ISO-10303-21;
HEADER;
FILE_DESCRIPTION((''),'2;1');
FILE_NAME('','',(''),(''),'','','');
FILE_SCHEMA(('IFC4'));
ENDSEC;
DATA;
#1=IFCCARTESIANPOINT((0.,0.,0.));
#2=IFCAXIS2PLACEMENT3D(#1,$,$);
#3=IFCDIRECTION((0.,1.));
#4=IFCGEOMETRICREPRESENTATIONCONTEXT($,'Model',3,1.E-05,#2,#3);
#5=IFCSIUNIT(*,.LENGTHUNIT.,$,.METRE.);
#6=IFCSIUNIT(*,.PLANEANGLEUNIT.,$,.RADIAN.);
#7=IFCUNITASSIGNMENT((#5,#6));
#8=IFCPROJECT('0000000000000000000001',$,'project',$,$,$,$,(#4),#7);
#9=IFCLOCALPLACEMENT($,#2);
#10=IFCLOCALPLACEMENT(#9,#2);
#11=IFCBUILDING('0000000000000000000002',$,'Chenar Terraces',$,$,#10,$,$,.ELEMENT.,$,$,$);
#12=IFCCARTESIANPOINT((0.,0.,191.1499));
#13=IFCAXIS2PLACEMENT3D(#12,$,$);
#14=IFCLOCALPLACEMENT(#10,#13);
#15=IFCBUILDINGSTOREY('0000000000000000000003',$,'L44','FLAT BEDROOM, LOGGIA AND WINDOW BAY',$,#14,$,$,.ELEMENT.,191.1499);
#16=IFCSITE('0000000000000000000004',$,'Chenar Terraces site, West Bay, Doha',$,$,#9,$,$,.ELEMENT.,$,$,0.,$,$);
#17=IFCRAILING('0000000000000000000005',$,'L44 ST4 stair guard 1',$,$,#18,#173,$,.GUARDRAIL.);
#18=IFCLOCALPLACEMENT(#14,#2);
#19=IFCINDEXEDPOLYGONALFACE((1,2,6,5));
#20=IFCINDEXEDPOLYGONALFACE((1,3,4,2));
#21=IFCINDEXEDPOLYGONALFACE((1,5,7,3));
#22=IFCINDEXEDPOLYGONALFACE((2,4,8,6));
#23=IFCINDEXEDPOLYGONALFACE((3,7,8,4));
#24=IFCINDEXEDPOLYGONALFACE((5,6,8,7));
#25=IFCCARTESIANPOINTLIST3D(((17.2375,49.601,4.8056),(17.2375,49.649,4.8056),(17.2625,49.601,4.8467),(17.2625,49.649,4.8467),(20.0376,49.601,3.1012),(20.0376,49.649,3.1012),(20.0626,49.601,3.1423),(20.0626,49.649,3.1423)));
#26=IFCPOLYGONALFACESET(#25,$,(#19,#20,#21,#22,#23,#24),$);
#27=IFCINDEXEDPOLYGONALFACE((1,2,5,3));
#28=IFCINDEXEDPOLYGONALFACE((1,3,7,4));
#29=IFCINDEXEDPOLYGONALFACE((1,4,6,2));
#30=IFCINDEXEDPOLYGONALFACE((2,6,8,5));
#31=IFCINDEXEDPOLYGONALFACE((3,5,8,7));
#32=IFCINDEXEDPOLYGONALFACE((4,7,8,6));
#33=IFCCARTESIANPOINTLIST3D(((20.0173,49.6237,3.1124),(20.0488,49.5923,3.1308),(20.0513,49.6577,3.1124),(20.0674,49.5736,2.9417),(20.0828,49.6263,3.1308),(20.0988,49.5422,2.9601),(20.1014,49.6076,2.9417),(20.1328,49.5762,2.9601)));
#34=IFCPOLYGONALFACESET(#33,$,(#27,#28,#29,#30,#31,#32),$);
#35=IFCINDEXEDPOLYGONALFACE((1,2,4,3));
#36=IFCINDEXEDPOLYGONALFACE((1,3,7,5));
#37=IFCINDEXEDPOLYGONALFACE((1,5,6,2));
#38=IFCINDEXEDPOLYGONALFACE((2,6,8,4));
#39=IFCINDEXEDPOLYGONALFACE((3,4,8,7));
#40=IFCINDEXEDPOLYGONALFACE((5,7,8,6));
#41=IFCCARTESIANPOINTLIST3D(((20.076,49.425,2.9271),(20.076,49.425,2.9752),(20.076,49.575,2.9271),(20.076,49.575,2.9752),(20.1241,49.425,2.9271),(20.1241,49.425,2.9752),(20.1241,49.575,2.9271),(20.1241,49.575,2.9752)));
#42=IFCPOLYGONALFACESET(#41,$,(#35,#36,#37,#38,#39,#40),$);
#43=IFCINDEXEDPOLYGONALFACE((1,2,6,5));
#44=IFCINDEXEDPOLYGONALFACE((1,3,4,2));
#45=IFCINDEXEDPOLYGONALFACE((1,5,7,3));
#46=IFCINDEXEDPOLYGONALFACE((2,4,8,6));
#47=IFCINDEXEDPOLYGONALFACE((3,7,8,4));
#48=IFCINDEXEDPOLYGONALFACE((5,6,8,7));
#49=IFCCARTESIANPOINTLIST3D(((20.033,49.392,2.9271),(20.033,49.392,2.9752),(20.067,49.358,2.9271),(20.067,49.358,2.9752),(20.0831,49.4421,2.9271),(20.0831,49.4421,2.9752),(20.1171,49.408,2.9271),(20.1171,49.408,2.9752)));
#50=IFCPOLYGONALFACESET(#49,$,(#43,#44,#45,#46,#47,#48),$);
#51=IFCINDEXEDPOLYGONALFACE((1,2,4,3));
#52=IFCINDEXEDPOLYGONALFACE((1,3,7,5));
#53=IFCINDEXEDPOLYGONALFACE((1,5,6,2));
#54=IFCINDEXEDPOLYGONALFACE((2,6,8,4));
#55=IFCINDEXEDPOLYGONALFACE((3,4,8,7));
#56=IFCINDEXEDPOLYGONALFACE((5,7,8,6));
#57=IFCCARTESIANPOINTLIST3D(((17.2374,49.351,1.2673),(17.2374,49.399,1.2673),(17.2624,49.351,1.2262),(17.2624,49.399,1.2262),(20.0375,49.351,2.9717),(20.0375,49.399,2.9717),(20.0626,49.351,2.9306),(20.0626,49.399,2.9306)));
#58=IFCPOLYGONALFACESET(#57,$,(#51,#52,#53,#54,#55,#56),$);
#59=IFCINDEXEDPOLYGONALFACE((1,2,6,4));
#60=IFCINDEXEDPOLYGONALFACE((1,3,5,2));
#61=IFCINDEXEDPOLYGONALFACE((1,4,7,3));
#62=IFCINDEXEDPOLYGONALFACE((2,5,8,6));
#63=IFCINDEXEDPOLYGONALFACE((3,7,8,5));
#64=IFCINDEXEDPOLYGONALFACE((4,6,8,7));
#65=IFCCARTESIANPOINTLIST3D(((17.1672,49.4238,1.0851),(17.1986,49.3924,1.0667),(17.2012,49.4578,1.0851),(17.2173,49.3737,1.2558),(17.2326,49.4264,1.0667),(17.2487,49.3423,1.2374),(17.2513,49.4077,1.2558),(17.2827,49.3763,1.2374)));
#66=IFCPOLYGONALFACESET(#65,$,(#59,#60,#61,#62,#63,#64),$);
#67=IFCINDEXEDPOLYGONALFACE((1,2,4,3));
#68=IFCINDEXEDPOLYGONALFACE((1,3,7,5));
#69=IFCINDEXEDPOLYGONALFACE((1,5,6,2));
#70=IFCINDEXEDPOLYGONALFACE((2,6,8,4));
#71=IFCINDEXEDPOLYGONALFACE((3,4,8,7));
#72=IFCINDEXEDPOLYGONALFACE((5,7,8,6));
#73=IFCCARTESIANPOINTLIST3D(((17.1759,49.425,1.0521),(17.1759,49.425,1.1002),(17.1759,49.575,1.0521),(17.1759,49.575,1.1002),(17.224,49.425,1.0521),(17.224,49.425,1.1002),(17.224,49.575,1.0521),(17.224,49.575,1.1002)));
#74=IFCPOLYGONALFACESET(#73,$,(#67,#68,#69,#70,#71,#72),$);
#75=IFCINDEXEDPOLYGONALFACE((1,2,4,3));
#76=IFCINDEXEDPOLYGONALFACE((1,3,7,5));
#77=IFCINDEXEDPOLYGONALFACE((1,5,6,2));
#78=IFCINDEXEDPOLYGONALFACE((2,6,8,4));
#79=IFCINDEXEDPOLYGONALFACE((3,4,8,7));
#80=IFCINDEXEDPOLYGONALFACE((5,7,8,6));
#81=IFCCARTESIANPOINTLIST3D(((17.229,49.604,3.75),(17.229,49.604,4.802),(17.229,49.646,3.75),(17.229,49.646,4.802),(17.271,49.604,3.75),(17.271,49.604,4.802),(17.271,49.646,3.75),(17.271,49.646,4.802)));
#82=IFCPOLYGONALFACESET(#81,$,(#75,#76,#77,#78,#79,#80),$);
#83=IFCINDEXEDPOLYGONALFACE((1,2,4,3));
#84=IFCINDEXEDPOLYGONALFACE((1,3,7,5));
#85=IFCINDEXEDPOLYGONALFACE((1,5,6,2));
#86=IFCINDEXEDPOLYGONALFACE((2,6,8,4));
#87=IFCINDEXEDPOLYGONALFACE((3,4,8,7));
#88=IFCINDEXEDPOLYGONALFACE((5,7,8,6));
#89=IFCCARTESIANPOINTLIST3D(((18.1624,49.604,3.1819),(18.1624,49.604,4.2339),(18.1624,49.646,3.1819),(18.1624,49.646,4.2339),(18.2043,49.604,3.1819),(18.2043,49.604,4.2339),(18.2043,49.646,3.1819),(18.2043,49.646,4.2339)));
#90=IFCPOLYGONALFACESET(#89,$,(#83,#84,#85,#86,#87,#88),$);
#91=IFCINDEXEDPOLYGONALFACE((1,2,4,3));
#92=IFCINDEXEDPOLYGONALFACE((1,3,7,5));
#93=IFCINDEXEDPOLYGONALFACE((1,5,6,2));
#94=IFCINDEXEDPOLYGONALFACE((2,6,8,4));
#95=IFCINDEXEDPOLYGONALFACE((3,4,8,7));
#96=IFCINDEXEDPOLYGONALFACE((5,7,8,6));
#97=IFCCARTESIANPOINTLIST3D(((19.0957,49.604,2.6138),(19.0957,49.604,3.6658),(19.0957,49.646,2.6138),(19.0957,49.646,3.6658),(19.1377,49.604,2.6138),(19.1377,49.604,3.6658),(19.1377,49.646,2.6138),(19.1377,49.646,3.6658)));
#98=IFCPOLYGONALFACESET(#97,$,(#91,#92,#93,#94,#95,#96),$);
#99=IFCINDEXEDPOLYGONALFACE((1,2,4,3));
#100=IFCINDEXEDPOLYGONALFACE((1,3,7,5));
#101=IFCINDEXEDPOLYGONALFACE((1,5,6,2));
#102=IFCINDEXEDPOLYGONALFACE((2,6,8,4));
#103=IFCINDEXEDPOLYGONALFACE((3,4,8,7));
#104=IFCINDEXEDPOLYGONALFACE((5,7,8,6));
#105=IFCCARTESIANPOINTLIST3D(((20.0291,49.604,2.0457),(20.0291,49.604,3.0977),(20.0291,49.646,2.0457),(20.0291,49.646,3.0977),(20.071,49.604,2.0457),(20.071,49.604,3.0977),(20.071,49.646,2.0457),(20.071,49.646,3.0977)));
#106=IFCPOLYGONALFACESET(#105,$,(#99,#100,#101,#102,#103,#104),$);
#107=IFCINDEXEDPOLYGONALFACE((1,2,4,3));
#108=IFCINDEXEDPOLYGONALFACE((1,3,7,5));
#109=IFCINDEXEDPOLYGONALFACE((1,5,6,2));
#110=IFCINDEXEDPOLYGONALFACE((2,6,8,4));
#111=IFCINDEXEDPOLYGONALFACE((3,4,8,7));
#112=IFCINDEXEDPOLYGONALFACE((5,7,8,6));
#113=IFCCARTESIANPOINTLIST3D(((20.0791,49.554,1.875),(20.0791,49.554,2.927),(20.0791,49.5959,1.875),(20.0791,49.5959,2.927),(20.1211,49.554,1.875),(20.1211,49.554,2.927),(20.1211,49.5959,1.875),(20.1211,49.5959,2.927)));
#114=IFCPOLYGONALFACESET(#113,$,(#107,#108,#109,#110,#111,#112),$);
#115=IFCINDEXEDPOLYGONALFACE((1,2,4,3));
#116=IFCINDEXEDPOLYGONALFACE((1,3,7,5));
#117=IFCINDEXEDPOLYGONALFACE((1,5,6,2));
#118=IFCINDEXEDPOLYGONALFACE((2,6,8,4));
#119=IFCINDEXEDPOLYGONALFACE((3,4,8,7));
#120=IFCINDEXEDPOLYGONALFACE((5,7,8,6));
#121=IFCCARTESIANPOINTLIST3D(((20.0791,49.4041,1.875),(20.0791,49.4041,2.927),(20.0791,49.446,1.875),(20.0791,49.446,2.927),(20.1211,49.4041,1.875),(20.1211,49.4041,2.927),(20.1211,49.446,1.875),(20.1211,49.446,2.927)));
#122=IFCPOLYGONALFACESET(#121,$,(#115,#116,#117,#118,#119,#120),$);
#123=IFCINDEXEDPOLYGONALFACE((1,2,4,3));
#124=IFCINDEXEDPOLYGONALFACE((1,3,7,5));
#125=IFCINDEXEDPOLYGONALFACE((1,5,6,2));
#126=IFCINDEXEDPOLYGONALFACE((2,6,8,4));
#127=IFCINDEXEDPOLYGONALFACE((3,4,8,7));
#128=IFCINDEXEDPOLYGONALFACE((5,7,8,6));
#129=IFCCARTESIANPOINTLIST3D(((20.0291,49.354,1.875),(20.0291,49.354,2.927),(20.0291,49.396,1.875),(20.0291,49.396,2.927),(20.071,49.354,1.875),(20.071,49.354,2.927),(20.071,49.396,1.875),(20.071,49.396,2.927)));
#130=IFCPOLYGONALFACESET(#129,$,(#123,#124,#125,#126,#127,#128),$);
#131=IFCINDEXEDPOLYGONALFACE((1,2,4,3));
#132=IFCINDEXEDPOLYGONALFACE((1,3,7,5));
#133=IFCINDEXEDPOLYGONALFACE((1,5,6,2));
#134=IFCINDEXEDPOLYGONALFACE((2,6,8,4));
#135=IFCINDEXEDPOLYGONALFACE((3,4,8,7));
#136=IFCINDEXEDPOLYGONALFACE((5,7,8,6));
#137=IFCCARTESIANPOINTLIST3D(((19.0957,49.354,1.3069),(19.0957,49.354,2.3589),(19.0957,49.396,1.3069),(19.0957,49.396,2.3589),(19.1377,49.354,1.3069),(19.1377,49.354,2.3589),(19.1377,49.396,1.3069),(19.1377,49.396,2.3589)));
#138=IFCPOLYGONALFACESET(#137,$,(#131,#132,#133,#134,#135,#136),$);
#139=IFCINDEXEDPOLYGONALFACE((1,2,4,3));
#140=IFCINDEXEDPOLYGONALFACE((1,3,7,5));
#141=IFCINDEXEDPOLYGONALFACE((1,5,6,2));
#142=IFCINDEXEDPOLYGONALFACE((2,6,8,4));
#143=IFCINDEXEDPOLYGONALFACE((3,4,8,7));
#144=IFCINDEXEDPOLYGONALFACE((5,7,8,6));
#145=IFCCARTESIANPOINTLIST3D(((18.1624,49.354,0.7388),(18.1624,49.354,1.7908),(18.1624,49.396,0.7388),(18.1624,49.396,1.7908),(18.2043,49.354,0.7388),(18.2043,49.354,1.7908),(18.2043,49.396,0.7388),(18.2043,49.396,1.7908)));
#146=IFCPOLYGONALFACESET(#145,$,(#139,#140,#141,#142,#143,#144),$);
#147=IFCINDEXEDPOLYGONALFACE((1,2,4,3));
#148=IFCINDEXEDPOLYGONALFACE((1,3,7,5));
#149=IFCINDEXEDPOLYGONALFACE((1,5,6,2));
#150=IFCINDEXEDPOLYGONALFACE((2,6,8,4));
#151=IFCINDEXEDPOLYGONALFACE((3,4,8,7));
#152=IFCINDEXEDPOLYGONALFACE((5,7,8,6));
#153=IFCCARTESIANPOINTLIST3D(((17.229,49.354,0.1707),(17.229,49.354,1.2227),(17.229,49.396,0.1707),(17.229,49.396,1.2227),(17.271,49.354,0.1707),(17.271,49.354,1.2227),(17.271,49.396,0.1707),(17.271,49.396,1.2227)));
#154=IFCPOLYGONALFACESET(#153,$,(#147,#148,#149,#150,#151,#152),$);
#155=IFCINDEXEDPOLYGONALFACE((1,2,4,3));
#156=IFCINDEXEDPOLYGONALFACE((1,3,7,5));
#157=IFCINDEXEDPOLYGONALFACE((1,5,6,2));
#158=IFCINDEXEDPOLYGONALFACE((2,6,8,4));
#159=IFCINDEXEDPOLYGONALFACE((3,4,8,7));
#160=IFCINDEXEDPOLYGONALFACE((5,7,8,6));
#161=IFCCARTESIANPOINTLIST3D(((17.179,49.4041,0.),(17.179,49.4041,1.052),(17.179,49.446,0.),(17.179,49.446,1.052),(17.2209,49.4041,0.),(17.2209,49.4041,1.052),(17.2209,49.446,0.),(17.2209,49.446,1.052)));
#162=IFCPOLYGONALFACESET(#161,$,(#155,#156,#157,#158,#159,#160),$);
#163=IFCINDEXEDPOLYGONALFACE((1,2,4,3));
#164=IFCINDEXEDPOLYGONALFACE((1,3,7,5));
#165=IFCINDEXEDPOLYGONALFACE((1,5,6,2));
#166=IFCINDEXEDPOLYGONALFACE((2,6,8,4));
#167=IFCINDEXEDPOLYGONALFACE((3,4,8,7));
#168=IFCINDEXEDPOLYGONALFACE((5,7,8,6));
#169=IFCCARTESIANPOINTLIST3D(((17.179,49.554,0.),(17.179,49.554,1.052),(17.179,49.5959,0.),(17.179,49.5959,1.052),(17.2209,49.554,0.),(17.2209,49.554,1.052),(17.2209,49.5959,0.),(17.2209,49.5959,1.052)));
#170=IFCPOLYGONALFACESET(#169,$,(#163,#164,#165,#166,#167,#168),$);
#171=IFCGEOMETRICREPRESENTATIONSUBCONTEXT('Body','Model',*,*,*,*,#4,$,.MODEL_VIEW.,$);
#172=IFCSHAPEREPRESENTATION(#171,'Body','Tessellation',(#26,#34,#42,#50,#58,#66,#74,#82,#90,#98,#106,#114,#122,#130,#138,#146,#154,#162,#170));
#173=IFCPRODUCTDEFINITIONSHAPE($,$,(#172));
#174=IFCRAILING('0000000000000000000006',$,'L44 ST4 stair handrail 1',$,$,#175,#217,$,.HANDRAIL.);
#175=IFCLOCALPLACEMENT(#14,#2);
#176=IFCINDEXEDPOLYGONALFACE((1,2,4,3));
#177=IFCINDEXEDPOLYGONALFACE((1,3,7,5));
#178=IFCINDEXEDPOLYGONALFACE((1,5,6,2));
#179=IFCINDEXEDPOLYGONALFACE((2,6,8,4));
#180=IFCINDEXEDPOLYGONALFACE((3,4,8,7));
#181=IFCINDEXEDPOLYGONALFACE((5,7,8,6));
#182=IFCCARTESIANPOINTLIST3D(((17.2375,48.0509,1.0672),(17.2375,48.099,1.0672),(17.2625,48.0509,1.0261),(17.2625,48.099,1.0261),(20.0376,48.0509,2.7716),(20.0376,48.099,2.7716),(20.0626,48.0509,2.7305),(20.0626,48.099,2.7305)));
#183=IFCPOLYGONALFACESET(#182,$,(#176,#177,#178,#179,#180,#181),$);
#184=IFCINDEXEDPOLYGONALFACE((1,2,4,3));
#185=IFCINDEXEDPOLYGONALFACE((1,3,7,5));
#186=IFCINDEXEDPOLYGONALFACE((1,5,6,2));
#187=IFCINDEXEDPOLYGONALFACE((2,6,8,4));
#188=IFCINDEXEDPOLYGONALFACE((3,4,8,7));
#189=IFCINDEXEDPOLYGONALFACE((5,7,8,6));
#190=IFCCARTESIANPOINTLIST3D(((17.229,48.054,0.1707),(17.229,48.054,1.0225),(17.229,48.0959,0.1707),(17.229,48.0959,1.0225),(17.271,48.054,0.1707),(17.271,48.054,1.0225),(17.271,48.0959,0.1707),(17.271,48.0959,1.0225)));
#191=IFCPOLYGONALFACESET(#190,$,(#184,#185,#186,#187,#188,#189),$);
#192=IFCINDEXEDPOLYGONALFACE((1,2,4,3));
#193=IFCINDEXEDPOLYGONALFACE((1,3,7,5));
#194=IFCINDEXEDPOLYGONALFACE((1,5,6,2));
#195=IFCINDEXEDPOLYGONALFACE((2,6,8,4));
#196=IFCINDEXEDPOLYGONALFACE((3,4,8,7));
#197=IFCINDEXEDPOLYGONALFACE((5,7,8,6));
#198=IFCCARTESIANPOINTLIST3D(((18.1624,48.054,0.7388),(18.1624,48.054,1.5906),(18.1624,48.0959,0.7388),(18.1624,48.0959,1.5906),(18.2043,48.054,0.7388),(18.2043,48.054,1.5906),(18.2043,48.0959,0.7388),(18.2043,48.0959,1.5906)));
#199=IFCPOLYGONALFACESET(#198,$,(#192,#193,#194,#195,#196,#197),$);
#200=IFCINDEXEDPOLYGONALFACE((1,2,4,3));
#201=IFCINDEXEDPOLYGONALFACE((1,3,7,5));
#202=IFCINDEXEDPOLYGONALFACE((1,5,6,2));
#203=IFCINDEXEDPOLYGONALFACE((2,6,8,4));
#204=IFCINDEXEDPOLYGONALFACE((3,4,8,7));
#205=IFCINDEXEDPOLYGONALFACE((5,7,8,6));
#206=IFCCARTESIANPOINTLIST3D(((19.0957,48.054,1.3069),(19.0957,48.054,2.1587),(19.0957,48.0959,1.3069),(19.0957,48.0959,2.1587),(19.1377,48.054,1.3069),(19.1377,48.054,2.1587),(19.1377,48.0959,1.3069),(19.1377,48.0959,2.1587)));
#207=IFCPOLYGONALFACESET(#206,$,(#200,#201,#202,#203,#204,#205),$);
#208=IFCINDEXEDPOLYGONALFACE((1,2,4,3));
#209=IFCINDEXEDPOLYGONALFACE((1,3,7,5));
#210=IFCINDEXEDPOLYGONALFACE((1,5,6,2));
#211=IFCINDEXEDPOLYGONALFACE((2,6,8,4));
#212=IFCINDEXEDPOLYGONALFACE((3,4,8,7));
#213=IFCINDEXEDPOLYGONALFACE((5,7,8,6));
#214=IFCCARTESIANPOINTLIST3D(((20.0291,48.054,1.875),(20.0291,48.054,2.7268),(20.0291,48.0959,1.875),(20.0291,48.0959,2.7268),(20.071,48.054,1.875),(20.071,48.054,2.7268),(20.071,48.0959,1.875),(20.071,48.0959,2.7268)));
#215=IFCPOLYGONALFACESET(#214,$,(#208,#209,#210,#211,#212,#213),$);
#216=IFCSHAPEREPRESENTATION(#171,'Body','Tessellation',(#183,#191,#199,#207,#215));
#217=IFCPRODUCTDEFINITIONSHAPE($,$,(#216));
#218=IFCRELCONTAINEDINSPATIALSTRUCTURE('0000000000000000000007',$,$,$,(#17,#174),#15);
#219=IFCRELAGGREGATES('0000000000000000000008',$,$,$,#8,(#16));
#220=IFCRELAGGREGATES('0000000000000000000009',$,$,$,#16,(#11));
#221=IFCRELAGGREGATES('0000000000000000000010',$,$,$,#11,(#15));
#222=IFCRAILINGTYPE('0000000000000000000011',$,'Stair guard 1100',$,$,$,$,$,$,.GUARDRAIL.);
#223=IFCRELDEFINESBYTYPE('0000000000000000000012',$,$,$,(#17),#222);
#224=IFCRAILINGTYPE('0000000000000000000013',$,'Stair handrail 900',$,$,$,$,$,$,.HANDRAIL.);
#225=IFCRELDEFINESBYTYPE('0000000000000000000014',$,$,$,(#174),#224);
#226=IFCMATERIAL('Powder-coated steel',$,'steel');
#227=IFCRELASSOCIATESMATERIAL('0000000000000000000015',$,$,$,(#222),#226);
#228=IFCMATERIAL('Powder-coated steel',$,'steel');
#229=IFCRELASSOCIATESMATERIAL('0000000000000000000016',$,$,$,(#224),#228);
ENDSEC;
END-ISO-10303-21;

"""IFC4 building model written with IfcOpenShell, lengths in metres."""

from ifc_helpers import new_model, si_unit, direction, frame, origin, origin_2d, place, context, subcontext, project, spatial, rectangle, extrude, material, type_object, element, save


model = new_model("IFC4")

# Units and contexts
model_context = context("Model", 3, precision=1e-05, world=origin(), true_north=direction((0.0, 1.0)))
body_context = subcontext(model_context, "Body", "Model", "MODEL_VIEW")
ifc_project = project(units=[si_unit("LENGTHUNIT", "METRE"), si_unit("PLANEANGLEUNIT", "RADIAN")], contexts=[model_context])

# Site, building, storey
site_placement = place(None, origin())
site = spatial("IfcSite", under=ifc_project, at=site_placement, Name="Chenar Terraces site, West Bay, Doha", CompositionType="ELEMENT", RefElevation=0.0)
building_placement = place(site_placement, origin())
building = spatial("IfcBuilding", under=site, at=building_placement, Name="Chenar Terraces", CompositionType="ELEMENT")
storey_placement = place(building_placement, frame((0.0, 0.0, 191.1499)))
storey = spatial("IfcBuildingStorey", under=building, at=storey_placement, Name="L44", Description="FLAT BEDROOM, LOGGIA AND WINDOW BAY", CompositionType="ELEMENT", Elevation=191.1499)

# Railings
ifc_material_1 = material(Name="Powder-coated steel", Category="steel")
railing_type_1 = type_object("IfcRailingType", Name="Stair guard 1100", PredefinedType="GUARDRAIL", material=ifc_material_1)
railing_1_placement = place(storey_placement, frame((17.25, 49.625, 3.75)))
element("IfcRailing", 1, at=railing_1_placement, inside=storey, type_object=railing_type_1, Name="L44 ST4 stair guard 1", PredefinedType="GUARDRAIL", context=body_context, shape_type="SweptSolid", body=[
    extrude(rectangle(XDim=0.0481, YDim=0.0481, at=origin_2d()), frame((0.0, 0.0, 1.0762), z_axis=(0.854203, 0.0, -0.51994), x_axis=(0.0, 1.0, 0.0)), (0.0, 0.0, 1.0), 3.2781),
    extrude(rectangle(XDim=0.0481, YDim=0.0481, at=origin_2d()), frame((2.8, 0.0, -0.6284), z_axis=(0.2709, -0.2709, -0.923703), x_axis=(0.707107, 0.707107, 0.0)), (0.0, 0.0, 1.0), 0.1848),
    extrude(rectangle(XDim=0.0481, YDim=0.0481, at=origin_2d()), frame((2.8501, -0.05, -0.7988), z_axis=(0.0, -1.0, 0.0), x_axis=(1.0, 0.0, 0.0)), (0.0, 0.0, 1.0), 0.1499),
    extrude(rectangle(XDim=0.0481, YDim=0.0481, at=origin_2d()), frame((2.8501, -0.2, -0.7988), z_axis=(-0.707107, -0.707107, 0.0), x_axis=(0.707107, -0.707107, 0.0)), (0.0, 0.0, 1.0), 0.0708),
    extrude(rectangle(XDim=0.0481, YDim=0.0481, at=origin_2d()), frame((2.8, -0.25, -0.7988), z_axis=(-0.854203, 0.0, -0.51994), x_axis=(0.0, -1.0, 0.0)), (0.0, 0.0, 1.0), 3.2781),
    extrude(rectangle(XDim=0.0481, YDim=0.0481, at=origin_2d()), frame((0.0, -0.25, -2.5034), z_axis=(-0.2709, 0.2709, -0.923703), x_axis=(-0.707107, -0.707107, 0.0)), (0.0, 0.0, 1.0), 0.1848),
    extrude(rectangle(XDim=0.0481, YDim=0.0481, at=origin_2d()), frame((-0.05, -0.2, -2.6738), z_axis=(0.0, 1.0, 0.0), x_axis=(-1.0, 0.0, 0.0)), (0.0, 0.0, 1.0), 0.1499),
    extrude(rectangle(XDim=0.042, YDim=0.042, at=origin_2d()), origin(), (0.0, 0.0, 1.0), 1.052),
    extrude(rectangle(XDim=0.042, YDim=0.042, at=origin_2d()), frame((0.9333, 0.0, -0.5681)), (0.0, 0.0, 1.0), 1.052),
    extrude(rectangle(XDim=0.042, YDim=0.042, at=origin_2d()), frame((1.8667, 0.0, -1.1362)), (0.0, 0.0, 1.0), 1.052),
    extrude(rectangle(XDim=0.042, YDim=0.042, at=origin_2d()), frame((2.8, 0.0, -1.7043)), (0.0, 0.0, 1.0), 1.052),
    extrude(rectangle(XDim=0.042, YDim=0.042, at=origin_2d()), frame((2.8501, -0.05, -1.875)), (0.0, 0.0, 1.0), 1.052),
    extrude(rectangle(XDim=0.042, YDim=0.042, at=origin_2d()), frame((2.8501, -0.2, -1.875)), (0.0, 0.0, 1.0), 1.052),
    extrude(rectangle(XDim=0.042, YDim=0.042, at=origin_2d()), frame((2.8, -0.25, -1.875)), (0.0, 0.0, 1.0), 1.052),
    extrude(rectangle(XDim=0.042, YDim=0.042, at=origin_2d()), frame((1.8667, -0.25, -2.4431)), (0.0, 0.0, 1.0), 1.052),
    extrude(rectangle(XDim=0.042, YDim=0.042, at=origin_2d()), frame((0.9333, -0.25, -3.0112)), (0.0, 0.0, 1.0), 1.052),
    extrude(rectangle(XDim=0.042, YDim=0.042, at=origin_2d()), frame((0.0, -0.25, -3.5793)), (0.0, 0.0, 1.0), 1.052),
    extrude(rectangle(XDim=0.042, YDim=0.042, at=origin_2d()), frame((-0.05, -0.2, -3.75)), (0.0, 0.0, 1.0), 1.052),
    extrude(rectangle(XDim=0.042, YDim=0.042, at=origin_2d()), frame((-0.05, -0.05, -3.75)), (0.0, 0.0, 1.0), 1.052),
])
ifc_material_2 = material(Name="Powder-coated steel", Category="steel")
railing_type_2 = type_object("IfcRailingType", Name="Stair handrail 900", PredefinedType="HANDRAIL", material=ifc_material_2)
railing_2_placement = place(storey_placement, frame((17.25, 48.075, 0.1707)))
element("IfcRailing", 2, at=railing_2_placement, inside=storey, type_object=railing_type_2, Name="L44 ST4 stair handrail 1", PredefinedType="HANDRAIL", context=body_context, shape_type="SweptSolid", body=[
    extrude(rectangle(XDim=0.0481, YDim=0.0481, at=origin_2d()), frame((0.0, 0.0, 0.876), z_axis=(0.854203, 0.0, 0.51994), x_axis=(0.0, 1.0, 0.0)), (0.0, 0.0, 1.0), 3.2781),
    extrude(rectangle(XDim=0.042, YDim=0.042, at=origin_2d()), origin(), (0.0, 0.0, 1.0), 0.8518),
    extrude(rectangle(XDim=0.042, YDim=0.042, at=origin_2d()), frame((0.9333, 0.0, 0.5681)), (0.0, 0.0, 1.0), 0.8518),
    extrude(rectangle(XDim=0.042, YDim=0.042, at=origin_2d()), frame((1.8667, 0.0, 1.1362)), (0.0, 0.0, 1.0), 0.8518),
    extrude(rectangle(XDim=0.042, YDim=0.042, at=origin_2d()), frame((2.8, 0.0, 1.7043)), (0.0, 0.0, 1.0), 0.8518),
])

save(model, "model.ifc")
